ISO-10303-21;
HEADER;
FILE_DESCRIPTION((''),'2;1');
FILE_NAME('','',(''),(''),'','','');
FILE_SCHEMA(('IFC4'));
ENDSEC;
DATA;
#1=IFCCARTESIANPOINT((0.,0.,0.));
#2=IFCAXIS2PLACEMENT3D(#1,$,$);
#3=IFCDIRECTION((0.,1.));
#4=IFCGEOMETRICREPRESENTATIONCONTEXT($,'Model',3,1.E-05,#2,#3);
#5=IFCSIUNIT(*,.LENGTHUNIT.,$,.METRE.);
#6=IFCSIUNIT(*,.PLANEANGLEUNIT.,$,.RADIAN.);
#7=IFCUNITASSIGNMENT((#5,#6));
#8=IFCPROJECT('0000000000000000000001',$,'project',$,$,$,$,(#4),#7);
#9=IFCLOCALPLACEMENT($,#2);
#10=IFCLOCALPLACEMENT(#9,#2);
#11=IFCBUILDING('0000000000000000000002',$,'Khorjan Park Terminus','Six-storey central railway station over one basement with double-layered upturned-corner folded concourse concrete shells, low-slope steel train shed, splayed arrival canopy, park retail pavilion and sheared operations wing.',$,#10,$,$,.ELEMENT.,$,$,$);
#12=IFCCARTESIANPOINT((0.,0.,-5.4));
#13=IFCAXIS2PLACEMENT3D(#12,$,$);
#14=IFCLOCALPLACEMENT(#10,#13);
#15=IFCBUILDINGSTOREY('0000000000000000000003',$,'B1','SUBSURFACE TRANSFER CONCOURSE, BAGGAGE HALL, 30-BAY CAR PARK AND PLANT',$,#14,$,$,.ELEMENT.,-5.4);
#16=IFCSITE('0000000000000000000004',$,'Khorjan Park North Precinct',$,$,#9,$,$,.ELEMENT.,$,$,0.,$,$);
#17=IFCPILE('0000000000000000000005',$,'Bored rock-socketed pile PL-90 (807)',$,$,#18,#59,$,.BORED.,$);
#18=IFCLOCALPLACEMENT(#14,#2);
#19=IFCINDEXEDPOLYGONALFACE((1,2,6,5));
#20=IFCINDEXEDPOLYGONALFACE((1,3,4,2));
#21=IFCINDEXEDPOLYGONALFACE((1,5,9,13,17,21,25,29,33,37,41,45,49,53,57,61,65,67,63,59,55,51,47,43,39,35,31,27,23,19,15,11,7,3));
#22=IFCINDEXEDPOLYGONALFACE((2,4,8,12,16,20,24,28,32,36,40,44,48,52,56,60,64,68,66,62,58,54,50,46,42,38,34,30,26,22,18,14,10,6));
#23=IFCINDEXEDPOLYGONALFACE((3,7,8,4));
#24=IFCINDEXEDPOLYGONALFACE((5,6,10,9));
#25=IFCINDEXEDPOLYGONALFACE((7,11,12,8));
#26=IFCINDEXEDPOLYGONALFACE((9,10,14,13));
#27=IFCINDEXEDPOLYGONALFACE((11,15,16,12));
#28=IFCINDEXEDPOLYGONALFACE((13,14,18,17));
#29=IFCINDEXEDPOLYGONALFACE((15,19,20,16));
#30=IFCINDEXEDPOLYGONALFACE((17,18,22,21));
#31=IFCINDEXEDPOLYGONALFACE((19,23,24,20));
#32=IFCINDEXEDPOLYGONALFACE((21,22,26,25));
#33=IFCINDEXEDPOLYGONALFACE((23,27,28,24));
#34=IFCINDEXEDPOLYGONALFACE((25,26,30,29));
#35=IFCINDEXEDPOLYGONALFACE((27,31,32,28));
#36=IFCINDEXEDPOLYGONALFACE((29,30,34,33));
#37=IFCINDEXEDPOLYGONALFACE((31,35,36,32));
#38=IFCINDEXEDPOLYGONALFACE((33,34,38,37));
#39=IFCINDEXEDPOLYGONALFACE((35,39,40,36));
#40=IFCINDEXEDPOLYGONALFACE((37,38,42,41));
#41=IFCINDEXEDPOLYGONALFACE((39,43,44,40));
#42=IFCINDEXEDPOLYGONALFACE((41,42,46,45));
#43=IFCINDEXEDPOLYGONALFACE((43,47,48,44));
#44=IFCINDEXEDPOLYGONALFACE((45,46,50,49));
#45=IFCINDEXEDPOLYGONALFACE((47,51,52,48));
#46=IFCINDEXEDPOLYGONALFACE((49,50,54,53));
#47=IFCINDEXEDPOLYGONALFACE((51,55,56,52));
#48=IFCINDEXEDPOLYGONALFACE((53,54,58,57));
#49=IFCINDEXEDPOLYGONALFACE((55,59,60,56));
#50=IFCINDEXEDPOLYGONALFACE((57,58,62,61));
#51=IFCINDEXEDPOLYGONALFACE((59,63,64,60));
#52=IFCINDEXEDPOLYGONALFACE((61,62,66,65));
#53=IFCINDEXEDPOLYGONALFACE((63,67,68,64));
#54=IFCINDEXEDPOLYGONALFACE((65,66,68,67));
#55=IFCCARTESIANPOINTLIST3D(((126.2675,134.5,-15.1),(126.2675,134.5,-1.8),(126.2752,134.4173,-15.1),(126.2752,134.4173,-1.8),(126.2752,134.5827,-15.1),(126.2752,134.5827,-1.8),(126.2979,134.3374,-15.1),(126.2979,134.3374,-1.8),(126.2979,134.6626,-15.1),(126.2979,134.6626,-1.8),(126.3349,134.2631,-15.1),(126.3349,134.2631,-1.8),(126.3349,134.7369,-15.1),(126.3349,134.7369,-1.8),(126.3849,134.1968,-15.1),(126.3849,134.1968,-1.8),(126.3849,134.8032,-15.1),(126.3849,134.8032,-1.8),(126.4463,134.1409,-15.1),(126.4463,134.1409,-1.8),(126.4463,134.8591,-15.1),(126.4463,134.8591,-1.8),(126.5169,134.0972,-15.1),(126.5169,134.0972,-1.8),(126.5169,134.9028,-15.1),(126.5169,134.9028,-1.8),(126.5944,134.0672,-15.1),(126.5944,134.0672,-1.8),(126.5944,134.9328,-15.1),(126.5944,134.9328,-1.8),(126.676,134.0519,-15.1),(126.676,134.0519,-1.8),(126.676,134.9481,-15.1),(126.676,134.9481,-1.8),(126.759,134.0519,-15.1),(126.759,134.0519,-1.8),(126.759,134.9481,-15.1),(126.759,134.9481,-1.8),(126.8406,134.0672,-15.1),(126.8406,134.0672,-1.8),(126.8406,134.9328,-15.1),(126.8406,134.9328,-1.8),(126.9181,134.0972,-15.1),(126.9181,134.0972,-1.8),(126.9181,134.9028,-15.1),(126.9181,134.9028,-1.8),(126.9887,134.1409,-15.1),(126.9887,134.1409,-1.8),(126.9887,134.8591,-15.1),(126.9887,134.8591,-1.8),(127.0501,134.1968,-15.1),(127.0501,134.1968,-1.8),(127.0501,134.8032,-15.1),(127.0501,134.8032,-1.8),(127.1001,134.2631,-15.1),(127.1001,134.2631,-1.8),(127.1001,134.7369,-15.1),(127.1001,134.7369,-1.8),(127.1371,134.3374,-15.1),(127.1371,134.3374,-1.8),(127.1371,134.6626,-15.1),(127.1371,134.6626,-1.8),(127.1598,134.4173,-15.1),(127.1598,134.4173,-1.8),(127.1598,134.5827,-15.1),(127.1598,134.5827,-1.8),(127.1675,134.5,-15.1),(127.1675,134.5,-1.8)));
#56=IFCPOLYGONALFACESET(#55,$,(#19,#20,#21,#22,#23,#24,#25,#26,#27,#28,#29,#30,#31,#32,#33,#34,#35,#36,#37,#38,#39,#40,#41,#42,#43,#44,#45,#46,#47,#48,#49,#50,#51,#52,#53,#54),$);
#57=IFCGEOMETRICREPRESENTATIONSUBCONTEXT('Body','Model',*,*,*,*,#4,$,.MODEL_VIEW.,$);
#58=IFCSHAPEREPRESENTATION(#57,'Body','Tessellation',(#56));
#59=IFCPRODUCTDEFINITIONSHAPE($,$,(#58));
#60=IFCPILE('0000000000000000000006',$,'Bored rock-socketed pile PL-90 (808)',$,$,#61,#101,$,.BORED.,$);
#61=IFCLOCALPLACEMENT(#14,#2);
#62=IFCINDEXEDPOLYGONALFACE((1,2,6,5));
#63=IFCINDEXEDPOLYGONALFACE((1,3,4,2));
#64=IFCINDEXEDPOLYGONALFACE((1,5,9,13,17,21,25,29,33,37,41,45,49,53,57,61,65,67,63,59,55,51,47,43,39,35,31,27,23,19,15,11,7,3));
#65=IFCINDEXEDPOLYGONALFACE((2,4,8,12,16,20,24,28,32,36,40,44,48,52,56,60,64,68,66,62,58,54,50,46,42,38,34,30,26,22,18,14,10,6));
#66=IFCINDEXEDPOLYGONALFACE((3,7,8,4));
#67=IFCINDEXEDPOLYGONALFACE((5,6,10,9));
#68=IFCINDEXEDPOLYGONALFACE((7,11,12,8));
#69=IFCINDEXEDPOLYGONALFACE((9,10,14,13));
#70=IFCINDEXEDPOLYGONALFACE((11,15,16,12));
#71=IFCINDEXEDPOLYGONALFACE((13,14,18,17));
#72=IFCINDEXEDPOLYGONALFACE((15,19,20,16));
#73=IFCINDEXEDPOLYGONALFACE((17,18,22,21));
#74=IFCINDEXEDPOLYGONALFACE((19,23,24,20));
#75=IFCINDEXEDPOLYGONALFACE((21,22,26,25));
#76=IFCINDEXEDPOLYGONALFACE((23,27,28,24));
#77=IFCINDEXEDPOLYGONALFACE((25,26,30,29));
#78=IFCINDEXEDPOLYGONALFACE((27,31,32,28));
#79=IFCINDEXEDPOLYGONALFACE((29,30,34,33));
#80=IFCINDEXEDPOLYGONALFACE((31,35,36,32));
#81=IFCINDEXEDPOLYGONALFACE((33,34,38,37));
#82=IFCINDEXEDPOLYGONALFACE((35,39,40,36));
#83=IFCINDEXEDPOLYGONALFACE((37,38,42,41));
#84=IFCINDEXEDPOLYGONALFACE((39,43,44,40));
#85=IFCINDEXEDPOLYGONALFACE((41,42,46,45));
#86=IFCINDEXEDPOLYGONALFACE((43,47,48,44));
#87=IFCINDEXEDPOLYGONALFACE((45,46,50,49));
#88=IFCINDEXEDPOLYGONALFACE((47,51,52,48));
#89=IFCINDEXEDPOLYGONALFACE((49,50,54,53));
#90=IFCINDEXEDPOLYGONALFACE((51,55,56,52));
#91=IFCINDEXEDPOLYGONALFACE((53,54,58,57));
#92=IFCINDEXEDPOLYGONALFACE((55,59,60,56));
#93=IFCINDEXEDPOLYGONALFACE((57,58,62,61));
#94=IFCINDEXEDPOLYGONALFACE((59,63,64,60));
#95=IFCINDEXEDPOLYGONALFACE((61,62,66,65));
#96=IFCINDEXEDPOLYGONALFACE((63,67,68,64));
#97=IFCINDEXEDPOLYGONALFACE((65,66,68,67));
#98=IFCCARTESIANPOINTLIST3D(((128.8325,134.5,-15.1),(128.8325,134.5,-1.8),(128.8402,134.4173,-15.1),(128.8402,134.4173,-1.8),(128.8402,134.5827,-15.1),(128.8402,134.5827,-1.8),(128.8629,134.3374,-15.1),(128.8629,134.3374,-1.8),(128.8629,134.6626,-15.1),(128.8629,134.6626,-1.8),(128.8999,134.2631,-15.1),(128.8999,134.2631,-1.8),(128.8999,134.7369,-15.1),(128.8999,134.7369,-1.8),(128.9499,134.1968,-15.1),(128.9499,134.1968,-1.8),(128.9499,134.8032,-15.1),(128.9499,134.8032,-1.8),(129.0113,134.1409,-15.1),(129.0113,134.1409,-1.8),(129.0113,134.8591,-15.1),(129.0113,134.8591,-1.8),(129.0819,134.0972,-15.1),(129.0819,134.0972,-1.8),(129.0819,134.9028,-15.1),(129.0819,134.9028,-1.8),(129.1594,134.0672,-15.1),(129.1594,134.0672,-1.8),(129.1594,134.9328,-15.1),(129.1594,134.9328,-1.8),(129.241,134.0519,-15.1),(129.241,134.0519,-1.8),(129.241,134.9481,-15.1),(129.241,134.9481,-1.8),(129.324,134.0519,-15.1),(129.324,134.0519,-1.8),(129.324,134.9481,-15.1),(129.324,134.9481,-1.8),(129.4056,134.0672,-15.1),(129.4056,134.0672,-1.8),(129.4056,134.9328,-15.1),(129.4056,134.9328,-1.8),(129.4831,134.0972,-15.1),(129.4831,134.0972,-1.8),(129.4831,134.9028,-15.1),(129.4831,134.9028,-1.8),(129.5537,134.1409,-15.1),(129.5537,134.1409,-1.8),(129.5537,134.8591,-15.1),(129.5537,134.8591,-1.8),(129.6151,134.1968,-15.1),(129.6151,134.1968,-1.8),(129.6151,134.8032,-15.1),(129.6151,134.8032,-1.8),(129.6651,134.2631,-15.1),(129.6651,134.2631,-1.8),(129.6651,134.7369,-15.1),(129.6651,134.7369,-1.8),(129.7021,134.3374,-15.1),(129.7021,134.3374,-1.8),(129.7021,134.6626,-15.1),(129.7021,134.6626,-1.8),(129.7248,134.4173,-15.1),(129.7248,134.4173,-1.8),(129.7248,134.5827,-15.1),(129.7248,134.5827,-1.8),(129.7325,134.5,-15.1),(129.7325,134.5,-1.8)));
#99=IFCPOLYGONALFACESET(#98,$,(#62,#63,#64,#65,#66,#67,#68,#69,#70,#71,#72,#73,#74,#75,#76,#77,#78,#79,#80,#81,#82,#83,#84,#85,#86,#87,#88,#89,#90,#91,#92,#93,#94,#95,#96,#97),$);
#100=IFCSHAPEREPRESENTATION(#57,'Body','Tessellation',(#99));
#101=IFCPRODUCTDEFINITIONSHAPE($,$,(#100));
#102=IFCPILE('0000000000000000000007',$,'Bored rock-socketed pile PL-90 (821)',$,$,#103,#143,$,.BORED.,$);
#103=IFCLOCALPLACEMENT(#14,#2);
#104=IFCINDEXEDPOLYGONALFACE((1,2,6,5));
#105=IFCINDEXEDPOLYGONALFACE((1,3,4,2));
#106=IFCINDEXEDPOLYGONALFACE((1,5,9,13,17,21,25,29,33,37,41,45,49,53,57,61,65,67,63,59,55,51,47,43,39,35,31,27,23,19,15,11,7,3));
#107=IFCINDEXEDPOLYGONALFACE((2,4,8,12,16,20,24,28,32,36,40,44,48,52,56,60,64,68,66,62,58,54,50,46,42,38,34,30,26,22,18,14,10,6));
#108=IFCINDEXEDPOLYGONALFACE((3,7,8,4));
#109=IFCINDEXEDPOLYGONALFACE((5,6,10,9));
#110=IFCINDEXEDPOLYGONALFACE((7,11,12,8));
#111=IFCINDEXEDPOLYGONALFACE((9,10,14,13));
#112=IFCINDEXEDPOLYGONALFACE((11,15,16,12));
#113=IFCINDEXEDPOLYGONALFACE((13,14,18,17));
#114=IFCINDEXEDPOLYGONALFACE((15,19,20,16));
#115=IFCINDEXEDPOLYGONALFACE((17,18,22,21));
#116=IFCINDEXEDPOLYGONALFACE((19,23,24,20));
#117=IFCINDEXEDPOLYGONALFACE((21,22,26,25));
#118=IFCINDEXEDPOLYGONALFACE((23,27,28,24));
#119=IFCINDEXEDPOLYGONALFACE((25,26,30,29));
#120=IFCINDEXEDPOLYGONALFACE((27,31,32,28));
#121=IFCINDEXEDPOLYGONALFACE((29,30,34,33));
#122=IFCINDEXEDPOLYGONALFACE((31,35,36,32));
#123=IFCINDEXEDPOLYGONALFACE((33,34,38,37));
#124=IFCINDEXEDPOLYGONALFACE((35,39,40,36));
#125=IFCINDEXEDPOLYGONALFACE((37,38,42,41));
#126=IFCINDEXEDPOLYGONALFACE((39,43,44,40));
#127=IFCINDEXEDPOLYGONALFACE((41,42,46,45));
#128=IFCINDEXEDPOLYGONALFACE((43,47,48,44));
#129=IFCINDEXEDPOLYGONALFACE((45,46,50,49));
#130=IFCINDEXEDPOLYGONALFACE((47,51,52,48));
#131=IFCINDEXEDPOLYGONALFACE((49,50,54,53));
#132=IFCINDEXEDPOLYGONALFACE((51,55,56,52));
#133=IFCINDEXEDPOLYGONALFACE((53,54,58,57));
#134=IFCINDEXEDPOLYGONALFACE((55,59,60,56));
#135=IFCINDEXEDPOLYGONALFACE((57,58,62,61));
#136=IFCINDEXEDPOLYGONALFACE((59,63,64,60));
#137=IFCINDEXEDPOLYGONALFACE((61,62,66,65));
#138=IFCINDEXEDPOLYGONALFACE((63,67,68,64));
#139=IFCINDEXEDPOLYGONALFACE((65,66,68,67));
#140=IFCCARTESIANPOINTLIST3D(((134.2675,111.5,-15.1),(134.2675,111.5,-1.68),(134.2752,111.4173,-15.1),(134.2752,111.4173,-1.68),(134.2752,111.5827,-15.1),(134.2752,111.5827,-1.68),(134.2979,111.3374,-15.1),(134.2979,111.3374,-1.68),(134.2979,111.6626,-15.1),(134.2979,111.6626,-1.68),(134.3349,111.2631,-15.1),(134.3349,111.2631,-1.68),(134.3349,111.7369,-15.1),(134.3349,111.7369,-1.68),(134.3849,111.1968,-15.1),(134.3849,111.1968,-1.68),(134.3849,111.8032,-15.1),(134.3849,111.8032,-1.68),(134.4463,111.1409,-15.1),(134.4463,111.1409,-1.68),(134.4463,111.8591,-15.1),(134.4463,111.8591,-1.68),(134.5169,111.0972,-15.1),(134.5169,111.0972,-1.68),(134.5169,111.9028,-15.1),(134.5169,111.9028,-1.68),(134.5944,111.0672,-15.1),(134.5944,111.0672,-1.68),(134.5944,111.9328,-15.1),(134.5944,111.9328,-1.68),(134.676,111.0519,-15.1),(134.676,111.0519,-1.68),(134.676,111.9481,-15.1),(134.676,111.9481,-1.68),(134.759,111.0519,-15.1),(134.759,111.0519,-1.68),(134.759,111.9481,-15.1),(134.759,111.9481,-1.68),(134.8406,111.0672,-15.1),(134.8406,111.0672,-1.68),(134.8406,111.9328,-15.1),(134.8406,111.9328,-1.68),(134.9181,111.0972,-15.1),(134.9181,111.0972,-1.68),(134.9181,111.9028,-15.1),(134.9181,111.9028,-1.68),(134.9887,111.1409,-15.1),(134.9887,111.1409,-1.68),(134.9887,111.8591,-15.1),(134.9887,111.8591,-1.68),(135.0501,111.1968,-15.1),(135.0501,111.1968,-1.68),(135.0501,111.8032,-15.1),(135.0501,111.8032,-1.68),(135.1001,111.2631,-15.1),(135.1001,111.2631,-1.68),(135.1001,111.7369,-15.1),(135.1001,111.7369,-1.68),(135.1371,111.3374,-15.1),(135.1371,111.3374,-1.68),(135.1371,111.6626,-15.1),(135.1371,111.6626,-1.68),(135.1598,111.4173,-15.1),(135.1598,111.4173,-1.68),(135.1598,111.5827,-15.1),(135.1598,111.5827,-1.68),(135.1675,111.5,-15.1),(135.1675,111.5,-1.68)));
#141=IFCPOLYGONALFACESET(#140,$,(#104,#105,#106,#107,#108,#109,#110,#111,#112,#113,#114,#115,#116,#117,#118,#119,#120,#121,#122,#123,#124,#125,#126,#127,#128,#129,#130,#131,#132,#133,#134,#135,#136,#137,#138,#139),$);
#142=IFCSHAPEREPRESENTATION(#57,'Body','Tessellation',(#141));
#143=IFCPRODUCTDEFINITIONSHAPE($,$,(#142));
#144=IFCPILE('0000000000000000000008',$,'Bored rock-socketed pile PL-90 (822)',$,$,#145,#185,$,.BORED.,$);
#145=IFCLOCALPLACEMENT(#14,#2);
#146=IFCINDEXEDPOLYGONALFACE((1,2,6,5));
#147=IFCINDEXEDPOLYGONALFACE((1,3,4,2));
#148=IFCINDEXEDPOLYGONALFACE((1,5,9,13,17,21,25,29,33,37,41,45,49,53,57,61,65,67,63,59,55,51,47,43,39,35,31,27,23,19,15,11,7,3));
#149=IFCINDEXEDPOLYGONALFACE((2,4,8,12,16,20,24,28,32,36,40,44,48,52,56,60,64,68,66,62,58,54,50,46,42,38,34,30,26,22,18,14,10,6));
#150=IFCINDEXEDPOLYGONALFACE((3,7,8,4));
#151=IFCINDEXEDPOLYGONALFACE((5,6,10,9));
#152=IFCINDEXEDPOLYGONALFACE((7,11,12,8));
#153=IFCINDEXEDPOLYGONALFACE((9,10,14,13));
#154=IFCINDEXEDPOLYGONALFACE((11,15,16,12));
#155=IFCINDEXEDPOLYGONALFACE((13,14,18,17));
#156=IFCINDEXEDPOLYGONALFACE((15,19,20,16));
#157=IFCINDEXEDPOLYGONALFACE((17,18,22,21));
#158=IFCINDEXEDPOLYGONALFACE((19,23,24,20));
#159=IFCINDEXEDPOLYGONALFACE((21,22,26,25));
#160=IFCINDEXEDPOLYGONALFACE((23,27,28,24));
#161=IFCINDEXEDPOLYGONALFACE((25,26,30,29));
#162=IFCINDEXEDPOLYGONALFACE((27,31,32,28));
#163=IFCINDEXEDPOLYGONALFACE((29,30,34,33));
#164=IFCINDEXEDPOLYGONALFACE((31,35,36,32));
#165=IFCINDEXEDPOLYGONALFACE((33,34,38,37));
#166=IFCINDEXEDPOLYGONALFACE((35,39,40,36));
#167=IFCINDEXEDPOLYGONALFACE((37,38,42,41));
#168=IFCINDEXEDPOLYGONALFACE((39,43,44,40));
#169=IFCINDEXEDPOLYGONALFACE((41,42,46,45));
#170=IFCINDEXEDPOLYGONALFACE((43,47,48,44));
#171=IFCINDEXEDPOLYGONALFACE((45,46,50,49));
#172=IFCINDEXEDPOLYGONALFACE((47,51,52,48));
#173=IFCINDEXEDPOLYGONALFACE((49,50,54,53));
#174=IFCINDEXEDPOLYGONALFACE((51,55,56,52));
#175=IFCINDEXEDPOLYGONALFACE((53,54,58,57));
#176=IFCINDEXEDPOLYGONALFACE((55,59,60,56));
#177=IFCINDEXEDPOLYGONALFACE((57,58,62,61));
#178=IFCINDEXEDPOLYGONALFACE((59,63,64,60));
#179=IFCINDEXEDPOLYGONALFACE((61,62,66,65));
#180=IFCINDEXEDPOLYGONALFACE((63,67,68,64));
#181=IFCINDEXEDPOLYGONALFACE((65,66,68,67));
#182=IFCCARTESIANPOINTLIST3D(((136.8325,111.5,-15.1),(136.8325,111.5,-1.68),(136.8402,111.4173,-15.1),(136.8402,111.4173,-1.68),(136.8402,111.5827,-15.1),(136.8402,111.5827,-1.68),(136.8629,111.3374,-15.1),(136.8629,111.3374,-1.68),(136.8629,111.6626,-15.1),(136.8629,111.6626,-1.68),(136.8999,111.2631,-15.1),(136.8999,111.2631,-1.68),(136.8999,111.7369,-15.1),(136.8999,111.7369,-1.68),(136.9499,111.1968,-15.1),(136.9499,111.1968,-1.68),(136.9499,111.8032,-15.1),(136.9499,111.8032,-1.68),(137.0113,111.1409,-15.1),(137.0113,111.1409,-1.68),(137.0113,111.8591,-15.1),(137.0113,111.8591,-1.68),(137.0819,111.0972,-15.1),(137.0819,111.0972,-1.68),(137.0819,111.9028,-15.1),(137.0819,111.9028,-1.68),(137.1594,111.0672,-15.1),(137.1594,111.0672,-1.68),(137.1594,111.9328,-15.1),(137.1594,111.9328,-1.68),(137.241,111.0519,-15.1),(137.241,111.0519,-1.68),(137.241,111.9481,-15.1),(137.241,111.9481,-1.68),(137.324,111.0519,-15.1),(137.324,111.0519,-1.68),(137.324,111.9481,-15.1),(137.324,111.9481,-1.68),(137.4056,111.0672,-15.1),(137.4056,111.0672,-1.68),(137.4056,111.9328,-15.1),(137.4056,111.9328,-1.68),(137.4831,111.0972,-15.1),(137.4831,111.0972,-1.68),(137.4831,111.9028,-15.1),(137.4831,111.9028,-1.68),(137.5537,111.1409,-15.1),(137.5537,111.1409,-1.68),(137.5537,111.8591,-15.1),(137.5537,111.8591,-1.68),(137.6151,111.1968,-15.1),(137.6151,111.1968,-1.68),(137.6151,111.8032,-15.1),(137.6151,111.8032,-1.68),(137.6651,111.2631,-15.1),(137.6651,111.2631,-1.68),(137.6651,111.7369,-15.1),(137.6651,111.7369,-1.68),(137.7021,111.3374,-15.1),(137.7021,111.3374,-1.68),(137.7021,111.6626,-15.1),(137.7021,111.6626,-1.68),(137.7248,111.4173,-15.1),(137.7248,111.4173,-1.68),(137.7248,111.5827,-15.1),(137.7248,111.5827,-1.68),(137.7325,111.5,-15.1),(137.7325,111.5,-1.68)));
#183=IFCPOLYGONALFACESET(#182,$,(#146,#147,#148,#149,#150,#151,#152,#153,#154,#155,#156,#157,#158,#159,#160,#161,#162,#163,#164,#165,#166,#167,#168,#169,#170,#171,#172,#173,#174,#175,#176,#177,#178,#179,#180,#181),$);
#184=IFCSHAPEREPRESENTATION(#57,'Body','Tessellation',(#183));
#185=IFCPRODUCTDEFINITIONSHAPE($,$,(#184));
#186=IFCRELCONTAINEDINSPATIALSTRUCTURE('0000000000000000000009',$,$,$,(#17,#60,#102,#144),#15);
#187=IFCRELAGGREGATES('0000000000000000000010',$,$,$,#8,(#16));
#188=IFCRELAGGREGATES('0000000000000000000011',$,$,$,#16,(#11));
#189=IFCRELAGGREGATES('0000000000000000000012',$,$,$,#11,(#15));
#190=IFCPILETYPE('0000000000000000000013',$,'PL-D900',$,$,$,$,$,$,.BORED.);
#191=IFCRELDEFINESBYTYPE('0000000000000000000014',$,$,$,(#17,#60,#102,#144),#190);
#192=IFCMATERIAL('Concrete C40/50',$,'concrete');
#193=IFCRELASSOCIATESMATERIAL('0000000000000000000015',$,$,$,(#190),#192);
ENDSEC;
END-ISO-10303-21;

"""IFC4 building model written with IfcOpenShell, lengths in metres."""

from ifc_helpers import new_model, si_unit, direction, frame, origin, origin_2d, place, context, subcontext, project, spatial, circle, extrude, material, material_profile, profile_set, type_object, element, save


model = new_model("IFC4")

# Units and contexts
model_context = context("Model", 3, precision=1e-05, world=origin(), true_north=direction((0.0, 1.0)))
body_context = subcontext(model_context, "Body", "Model", "MODEL_VIEW")
ifc_project = project(units=[si_unit("LENGTHUNIT", "METRE"), si_unit("PLANEANGLEUNIT", "RADIAN")], contexts=[model_context])

# Site, building, storey
site_placement = place(None, origin())
site = spatial("IfcSite", under=ifc_project, at=site_placement, Name="Khorjan Park North Precinct", CompositionType="ELEMENT", RefElevation=0.0)
building_placement = place(site_placement, origin())
building = spatial("IfcBuilding", under=site, at=building_placement, Name="Khorjan Park Terminus", Description="Six-storey central railway station over one basement with double-layered upturned-corner folded concourse concrete shells, low-slope steel train shed, splayed arrival canopy, park retail pavilion and sheared operations wing.", CompositionType="ELEMENT")
storey_placement = place(building_placement, frame((0.0, 0.0, -5.4)))
storey = spatial("IfcBuildingStorey", under=building, at=storey_placement, Name="B1", Description="SUBSURFACE TRANSFER CONCOURSE, BAGGAGE HALL, 30-BAY CAR PARK AND PLANT", CompositionType="ELEMENT", Elevation=-5.4)

# Shared definitions
ifc_material = material(Name="Concrete C40/50", Category="concrete")

# Piles
ifc_material_profile_1 = material_profile(ifc_material, circle(Radius=0.45, at=origin_2d()), Name="BORED D900")
ifc_profile_set_1 = profile_set([ifc_material_profile_1], Name="Concrete C40/50")
pile_type = type_object("IfcPileType", Name="PL-D900", PredefinedType="BORED", material=ifc_profile_set_1)
for number, where, z_axis, x_axis, name in (
    (1, (126.7175, 134.5, -1.8), (0.0, 0.0, -1.0), (1.0, 0.0, 0.0), "Bored rock-socketed pile PL-90 (807)"),
    (2, (129.2825, 134.5, -1.8), (0.0, 0.0, -1.0), (1.0, 0.0, 0.0), "Bored rock-socketed pile PL-90 (808)"),
):
    element("IfcPile", number, at=place(storey_placement, frame(where, z_axis=z_axis, x_axis=x_axis)), inside=storey, type_object=pile_type, Name=name, PredefinedType="BORED", context=body_context, shape_type="SweptSolid", body=[
        extrude(circle(Radius=0.45, at=origin_2d()), origin(), (0.0, 0.0, 1.0), 13.3),
    ])
for number, where, z_axis, x_axis, name in (
    (3, (134.7175, 111.5, -1.68), (0.0, 0.0, -1.0), (1.0, 0.0, 0.0), "Bored rock-socketed pile PL-90 (821)"),
    (4, (137.2825, 111.5, -1.68), (0.0, 0.0, -1.0), (1.0, 0.0, 0.0), "Bored rock-socketed pile PL-90 (822)"),
):
    element("IfcPile", number, at=place(storey_placement, frame(where, z_axis=z_axis, x_axis=x_axis)), inside=storey, type_object=pile_type, Name=name, PredefinedType="BORED", context=body_context, shape_type="SweptSolid", body=[
        extrude(circle(Radius=0.45, at=origin_2d()), origin(), (0.0, 0.0, 1.0), 13.42),
    ])

save(model, "model.ifc")
